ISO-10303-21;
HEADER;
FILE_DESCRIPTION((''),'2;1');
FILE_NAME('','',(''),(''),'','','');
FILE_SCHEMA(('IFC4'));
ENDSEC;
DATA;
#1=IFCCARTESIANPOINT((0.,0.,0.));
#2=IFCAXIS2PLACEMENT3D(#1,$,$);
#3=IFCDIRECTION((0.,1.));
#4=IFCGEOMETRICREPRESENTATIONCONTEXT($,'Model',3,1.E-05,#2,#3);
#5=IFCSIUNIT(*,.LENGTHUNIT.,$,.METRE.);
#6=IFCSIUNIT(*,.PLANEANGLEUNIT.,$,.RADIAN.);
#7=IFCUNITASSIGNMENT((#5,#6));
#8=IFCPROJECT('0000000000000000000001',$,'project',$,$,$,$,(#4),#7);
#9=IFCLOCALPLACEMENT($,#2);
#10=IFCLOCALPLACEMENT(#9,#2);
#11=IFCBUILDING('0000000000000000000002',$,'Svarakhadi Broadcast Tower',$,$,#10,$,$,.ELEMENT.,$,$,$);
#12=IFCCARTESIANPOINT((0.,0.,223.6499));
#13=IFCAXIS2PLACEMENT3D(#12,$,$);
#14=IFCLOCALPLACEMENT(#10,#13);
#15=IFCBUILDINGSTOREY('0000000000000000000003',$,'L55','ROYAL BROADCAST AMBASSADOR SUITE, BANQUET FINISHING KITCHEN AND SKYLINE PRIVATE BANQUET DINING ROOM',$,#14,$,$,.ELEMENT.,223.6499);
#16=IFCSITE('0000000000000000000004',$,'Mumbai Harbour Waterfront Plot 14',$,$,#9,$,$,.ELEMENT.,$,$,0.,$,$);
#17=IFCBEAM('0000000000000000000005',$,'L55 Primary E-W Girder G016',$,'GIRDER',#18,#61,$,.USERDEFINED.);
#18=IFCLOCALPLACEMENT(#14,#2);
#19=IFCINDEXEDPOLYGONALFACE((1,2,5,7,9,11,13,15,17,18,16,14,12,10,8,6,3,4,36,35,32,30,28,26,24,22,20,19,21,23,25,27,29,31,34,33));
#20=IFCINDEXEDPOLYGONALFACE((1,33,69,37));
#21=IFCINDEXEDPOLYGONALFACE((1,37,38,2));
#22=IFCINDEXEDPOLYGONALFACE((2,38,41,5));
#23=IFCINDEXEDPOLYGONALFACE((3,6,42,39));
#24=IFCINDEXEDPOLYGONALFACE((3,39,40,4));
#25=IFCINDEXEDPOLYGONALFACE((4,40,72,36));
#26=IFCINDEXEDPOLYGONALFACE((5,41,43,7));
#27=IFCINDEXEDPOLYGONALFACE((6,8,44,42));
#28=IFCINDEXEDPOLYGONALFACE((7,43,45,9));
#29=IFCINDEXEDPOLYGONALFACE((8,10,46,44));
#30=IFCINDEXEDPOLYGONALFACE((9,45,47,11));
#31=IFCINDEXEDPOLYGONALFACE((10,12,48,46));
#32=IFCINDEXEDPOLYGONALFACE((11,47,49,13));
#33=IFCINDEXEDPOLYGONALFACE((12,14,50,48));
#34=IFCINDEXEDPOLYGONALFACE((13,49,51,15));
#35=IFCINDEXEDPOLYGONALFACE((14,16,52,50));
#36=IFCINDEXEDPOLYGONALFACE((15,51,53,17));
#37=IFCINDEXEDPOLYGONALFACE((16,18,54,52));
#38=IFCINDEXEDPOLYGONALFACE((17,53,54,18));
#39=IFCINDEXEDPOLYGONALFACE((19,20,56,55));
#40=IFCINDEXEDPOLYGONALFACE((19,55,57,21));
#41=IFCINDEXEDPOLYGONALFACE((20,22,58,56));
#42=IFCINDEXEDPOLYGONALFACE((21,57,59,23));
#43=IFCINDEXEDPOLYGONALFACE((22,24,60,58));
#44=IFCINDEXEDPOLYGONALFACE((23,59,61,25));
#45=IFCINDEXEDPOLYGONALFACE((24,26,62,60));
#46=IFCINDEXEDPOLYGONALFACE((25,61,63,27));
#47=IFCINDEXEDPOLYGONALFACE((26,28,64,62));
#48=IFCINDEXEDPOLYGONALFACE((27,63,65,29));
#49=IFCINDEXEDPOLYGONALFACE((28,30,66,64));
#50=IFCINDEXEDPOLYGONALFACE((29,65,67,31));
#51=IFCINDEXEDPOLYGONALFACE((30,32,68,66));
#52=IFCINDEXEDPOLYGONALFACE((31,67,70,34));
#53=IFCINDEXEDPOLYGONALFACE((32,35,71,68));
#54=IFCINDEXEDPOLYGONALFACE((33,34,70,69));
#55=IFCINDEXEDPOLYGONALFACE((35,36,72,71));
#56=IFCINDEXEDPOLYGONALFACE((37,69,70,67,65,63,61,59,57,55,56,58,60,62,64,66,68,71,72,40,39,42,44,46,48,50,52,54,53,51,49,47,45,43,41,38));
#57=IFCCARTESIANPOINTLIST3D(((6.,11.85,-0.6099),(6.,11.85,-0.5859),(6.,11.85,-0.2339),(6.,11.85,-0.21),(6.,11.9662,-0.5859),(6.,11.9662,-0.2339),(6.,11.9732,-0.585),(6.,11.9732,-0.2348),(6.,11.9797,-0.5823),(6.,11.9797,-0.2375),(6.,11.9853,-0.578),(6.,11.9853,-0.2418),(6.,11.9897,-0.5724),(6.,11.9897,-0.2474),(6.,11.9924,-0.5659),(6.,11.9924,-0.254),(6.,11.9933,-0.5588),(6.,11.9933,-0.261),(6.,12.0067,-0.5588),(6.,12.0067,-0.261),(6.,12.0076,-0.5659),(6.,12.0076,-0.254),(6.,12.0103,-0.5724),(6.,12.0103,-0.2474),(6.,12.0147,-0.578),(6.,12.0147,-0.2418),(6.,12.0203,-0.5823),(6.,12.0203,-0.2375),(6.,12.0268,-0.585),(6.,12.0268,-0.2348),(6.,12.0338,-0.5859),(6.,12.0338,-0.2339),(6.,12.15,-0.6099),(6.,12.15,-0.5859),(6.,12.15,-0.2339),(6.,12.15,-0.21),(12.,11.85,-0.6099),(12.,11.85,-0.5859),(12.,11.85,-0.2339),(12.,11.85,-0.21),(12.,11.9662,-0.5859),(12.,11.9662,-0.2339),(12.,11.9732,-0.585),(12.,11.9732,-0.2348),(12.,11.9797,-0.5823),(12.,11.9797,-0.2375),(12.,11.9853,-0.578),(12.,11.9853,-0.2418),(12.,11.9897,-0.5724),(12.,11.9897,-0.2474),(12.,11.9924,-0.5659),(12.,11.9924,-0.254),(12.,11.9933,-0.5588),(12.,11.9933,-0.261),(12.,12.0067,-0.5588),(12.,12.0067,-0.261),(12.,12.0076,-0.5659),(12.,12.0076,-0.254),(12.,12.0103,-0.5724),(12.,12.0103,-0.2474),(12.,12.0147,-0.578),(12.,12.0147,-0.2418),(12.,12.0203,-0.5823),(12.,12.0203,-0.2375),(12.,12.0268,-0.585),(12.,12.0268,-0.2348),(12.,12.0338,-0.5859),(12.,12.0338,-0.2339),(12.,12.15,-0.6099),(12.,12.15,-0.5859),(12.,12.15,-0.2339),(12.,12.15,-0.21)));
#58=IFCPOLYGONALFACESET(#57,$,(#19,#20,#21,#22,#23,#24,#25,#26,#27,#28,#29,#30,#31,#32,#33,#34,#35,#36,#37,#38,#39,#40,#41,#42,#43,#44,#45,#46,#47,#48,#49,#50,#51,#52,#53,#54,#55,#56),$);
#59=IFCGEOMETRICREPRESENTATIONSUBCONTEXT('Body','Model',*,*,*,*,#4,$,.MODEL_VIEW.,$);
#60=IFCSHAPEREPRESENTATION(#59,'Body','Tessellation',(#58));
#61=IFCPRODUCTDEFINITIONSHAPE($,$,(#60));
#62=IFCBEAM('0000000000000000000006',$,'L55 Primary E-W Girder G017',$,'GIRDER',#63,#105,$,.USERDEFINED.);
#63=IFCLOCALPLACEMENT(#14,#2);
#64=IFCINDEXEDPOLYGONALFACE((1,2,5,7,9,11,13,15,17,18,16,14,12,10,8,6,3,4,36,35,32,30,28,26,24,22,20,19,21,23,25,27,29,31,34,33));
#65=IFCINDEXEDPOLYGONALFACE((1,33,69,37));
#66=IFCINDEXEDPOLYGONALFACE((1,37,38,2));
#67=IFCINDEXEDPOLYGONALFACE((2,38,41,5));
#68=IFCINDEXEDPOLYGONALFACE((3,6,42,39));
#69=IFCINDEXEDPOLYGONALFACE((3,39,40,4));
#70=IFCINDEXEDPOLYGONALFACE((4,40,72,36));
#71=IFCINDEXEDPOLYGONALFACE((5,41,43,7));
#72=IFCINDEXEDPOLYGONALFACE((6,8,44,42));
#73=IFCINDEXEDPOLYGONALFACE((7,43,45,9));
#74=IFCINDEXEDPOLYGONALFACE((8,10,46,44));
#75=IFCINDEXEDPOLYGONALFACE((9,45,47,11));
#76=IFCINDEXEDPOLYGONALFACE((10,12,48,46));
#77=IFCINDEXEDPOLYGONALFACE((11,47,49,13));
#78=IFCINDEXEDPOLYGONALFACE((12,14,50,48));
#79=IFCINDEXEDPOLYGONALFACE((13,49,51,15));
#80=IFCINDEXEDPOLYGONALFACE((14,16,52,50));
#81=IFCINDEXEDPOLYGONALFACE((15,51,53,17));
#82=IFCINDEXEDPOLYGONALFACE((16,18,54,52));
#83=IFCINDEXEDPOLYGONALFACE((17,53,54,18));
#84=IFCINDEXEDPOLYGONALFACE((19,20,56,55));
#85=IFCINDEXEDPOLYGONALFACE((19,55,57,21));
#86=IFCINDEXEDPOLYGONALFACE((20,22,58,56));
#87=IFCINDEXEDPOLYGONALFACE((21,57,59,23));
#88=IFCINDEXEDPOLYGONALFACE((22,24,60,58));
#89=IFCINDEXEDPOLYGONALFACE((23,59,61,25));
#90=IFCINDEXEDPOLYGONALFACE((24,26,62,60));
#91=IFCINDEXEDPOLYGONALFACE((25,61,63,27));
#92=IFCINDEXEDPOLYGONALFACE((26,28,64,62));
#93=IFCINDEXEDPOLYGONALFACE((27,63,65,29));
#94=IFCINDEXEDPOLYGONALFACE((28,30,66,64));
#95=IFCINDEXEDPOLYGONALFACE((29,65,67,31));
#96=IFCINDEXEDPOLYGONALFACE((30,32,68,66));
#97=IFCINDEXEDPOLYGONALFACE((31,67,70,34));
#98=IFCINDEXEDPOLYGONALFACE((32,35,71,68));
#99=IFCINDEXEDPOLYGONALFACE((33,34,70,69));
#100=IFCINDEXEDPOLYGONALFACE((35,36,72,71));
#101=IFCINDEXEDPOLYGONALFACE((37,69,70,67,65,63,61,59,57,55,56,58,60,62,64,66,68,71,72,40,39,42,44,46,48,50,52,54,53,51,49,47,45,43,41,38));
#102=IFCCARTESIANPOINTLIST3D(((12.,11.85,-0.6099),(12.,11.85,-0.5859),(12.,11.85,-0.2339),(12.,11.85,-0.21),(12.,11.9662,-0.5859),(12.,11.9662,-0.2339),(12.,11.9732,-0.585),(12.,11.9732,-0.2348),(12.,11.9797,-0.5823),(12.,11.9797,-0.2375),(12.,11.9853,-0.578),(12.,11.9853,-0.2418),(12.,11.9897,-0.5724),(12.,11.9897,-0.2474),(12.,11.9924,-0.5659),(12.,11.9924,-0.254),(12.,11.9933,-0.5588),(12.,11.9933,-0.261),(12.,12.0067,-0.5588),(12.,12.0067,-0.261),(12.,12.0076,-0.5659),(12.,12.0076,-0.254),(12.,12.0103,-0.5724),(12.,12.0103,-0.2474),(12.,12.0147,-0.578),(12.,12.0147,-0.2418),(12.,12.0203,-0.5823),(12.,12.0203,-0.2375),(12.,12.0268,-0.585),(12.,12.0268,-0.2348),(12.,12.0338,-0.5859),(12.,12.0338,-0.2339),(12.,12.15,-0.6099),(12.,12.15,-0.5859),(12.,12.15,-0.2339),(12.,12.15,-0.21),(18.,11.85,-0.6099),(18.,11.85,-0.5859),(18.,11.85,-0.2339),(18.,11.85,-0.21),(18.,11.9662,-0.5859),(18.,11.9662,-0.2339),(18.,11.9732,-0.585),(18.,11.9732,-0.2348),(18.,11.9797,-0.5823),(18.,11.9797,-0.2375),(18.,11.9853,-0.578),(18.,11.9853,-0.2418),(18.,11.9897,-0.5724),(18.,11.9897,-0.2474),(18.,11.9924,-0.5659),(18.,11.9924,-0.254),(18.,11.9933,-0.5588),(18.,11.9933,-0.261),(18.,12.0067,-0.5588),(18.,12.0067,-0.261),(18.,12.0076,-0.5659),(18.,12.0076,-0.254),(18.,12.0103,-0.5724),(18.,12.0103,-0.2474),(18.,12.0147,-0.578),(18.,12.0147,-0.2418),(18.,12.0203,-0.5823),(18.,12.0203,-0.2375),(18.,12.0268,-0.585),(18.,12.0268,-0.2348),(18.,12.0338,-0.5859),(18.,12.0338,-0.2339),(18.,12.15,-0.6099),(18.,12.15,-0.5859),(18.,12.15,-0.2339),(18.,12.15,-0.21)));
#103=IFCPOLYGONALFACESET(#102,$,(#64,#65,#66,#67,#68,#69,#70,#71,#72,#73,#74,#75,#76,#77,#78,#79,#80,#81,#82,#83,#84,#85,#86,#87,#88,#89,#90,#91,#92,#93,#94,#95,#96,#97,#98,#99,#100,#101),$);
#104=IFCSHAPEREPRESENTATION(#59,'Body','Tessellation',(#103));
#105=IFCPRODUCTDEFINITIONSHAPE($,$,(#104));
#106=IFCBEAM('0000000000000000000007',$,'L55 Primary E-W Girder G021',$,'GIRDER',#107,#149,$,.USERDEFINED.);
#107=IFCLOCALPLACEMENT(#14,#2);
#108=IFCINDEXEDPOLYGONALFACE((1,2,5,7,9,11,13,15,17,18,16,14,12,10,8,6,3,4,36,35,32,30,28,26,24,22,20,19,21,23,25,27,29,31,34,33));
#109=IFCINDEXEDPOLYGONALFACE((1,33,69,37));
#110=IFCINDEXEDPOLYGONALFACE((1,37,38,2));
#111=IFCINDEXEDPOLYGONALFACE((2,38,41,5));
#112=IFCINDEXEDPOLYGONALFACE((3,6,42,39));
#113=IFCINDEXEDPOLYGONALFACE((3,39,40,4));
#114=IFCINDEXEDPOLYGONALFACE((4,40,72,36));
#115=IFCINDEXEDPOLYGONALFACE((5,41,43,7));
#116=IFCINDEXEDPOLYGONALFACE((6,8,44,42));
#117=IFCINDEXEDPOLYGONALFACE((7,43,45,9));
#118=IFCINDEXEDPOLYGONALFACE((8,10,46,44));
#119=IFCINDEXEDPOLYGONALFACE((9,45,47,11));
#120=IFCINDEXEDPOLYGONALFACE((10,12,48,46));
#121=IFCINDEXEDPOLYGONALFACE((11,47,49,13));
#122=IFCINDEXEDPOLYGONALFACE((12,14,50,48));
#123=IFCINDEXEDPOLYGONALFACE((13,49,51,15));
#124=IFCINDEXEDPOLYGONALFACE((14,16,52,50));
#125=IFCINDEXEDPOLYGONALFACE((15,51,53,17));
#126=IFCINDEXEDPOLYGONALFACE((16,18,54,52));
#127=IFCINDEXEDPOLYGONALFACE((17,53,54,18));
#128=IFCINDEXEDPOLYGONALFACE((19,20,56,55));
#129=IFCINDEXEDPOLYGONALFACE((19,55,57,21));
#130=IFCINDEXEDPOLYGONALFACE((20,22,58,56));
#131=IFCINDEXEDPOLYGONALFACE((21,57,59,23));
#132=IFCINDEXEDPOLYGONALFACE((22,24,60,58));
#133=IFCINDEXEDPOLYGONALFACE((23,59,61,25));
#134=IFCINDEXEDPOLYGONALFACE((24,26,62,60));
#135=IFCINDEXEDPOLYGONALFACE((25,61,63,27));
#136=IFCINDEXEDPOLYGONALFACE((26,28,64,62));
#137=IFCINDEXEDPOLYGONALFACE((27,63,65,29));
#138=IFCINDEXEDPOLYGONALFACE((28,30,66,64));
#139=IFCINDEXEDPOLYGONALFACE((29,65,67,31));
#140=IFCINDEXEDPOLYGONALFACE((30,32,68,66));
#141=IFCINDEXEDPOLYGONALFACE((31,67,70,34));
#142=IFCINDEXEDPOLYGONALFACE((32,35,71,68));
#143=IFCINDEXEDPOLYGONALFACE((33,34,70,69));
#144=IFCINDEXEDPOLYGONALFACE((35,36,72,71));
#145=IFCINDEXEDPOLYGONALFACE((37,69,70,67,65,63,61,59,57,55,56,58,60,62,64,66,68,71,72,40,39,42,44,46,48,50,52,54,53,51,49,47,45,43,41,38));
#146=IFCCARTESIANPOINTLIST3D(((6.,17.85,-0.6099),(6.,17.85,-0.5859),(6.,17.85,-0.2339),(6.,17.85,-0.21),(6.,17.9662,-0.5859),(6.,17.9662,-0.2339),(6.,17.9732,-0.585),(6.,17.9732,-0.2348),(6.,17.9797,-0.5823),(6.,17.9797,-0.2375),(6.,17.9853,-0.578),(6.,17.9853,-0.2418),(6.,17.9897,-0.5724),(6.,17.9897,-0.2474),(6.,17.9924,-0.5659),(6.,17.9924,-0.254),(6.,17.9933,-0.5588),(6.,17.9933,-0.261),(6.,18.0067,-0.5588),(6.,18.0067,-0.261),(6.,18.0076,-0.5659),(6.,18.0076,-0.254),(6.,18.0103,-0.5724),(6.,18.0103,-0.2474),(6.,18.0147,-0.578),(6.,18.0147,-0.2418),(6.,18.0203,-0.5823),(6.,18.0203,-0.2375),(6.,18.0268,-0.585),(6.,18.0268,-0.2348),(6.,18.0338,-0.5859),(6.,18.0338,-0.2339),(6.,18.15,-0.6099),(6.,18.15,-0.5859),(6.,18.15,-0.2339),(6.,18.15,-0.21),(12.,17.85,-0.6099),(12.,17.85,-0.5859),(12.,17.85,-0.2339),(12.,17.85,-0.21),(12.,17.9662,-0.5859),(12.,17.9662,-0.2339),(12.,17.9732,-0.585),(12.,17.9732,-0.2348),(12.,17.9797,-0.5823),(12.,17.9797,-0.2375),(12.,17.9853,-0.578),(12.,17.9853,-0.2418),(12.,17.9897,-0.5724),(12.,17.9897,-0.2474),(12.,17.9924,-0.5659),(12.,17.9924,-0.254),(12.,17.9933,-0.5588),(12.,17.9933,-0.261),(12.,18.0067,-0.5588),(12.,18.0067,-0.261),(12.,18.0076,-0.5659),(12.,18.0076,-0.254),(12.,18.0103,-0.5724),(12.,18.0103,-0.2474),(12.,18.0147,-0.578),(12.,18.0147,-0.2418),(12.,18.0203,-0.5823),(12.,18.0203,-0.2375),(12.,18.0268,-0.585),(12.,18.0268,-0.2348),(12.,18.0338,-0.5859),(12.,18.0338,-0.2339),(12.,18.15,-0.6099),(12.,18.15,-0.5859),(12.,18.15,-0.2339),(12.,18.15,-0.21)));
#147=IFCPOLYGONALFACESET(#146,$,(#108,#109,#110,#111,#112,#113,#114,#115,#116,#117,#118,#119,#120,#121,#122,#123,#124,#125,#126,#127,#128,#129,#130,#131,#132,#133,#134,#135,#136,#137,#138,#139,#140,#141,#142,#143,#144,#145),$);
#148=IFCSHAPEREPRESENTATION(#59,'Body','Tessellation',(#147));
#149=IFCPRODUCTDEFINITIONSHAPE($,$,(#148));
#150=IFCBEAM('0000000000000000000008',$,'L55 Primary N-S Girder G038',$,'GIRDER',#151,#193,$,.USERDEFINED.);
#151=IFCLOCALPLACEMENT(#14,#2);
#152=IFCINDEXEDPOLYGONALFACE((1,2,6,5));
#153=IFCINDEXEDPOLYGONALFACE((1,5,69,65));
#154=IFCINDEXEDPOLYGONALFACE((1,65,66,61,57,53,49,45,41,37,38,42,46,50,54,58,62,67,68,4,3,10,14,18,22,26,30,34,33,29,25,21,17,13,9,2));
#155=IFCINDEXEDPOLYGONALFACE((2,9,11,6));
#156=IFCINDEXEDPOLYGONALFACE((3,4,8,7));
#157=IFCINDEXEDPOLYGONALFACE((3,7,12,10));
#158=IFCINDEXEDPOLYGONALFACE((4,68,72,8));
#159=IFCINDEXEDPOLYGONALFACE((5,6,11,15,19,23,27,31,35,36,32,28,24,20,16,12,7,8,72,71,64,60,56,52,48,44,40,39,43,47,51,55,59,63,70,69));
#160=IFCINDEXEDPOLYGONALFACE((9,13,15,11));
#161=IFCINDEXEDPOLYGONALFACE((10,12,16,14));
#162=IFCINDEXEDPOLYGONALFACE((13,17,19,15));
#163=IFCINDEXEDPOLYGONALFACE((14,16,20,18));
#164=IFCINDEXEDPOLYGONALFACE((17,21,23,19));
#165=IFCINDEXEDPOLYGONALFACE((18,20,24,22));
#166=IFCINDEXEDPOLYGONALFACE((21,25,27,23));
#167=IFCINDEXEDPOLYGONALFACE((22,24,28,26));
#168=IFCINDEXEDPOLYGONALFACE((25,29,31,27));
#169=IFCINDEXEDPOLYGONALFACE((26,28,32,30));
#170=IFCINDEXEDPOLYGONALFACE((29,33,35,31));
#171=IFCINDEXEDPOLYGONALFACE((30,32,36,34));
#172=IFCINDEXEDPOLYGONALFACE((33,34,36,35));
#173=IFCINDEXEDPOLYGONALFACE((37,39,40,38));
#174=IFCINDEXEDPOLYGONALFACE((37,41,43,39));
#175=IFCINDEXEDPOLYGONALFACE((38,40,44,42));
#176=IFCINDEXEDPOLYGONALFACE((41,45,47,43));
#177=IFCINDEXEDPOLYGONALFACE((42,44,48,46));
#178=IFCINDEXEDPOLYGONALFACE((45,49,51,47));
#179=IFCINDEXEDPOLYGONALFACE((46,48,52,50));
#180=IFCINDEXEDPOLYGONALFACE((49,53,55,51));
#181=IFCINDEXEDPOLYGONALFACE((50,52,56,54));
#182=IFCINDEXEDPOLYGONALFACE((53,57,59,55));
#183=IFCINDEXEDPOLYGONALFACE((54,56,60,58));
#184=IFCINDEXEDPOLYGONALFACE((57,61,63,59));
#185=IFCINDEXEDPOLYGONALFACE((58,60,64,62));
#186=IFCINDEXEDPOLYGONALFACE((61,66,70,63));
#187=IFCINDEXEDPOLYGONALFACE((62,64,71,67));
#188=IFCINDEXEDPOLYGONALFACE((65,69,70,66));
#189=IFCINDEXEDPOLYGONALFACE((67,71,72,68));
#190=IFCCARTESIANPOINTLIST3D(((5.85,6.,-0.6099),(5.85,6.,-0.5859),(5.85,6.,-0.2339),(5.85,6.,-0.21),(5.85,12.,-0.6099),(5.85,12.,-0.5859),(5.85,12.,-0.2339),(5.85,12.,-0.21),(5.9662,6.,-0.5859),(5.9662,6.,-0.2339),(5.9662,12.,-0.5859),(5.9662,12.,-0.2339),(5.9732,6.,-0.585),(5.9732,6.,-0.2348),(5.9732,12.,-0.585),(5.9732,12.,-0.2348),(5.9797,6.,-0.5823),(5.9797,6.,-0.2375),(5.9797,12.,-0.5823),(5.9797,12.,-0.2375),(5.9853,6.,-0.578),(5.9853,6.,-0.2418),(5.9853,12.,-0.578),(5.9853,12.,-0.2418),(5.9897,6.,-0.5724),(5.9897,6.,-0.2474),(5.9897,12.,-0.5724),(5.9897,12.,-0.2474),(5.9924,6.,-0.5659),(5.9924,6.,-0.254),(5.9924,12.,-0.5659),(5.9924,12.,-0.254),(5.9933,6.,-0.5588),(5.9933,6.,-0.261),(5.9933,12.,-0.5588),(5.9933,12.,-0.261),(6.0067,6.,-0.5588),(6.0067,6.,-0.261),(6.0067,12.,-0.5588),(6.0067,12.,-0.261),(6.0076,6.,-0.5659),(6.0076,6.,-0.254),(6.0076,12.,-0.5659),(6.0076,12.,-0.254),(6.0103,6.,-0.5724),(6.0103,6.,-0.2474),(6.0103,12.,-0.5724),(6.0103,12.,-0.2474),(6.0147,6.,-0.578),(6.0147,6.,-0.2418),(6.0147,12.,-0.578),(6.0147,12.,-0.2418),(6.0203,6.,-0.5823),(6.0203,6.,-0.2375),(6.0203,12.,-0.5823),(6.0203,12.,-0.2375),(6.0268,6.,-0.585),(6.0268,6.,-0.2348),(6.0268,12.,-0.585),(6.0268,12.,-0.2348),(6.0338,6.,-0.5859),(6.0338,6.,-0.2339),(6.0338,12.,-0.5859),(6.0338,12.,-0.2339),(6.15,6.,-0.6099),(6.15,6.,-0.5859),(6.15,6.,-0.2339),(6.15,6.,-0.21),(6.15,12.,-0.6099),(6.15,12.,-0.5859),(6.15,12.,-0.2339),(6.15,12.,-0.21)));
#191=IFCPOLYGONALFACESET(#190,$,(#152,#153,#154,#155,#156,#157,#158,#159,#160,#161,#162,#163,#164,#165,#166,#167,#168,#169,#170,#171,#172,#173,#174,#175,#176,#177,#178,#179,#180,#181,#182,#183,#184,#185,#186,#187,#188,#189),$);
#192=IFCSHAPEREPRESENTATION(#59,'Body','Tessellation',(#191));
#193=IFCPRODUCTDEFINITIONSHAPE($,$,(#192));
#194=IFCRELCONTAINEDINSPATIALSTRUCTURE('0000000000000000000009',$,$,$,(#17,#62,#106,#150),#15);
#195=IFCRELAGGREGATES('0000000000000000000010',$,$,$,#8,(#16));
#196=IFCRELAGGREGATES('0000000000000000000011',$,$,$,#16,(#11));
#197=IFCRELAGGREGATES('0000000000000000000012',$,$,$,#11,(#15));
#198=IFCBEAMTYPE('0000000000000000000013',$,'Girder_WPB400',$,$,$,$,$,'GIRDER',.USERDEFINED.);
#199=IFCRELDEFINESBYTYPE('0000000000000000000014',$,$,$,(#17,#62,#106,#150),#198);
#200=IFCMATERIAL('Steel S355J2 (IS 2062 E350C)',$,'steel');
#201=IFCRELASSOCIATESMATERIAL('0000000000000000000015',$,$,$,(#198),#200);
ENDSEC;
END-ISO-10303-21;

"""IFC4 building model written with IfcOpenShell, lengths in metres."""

from ifc_helpers import new_model, si_unit, direction, frame, origin, origin_2d, place, context, subcontext, project, spatial, i_section, extrude, material, material_profile, profile_set, type_object, element, save


model = new_model("IFC4")

# Units and contexts
model_context = context("Model", 3, precision=1e-05, world=origin(), true_north=direction((0.0, 1.0)))
body_context = subcontext(model_context, "Body", "Model", "MODEL_VIEW")
ifc_project = project(units=[si_unit("LENGTHUNIT", "METRE"), si_unit("PLANEANGLEUNIT", "RADIAN")], contexts=[model_context])

# Site, building, storey
site_placement = place(None, origin())
site = spatial("IfcSite", under=ifc_project, at=site_placement, Name="Mumbai Harbour Waterfront Plot 14", CompositionType="ELEMENT", RefElevation=0.0)
building_placement = place(site_placement, origin())
building = spatial("IfcBuilding", under=site, at=building_placement, Name="Svarakhadi Broadcast Tower", CompositionType="ELEMENT")
storey_placement = place(building_placement, frame((0.0, 0.0, 223.6499)))
storey = spatial("IfcBuildingStorey", under=building, at=storey_placement, Name="L55", Description="ROYAL BROADCAST AMBASSADOR SUITE, BANQUET FINISHING KITCHEN AND SKYLINE PRIVATE BANQUET DINING ROOM", CompositionType="ELEMENT", Elevation=223.6499)

# Beams
ifc_material_1 = material(Name="Steel S355J2 (IS 2062 E350C)", Category="steel")
ifc_material_profile_1 = material_profile(ifc_material_1, i_section(OverallWidth=0.3, OverallDepth=0.3999, WebThickness=0.0134, FlangeThickness=0.0239, FilletRadius=0.0271, at=origin_2d()), Name="WPB 400x300x155")
ifc_profile_set_1 = profile_set([ifc_material_profile_1], Name="Steel S355J2 (IS 2062 E350C)")
beam_type_1 = type_object("IfcBeamType", Name="Girder_WPB400", ElementType="GIRDER", PredefinedType="USERDEFINED", material=ifc_profile_set_1)
for number, where, z_axis, x_axis, name in (
    (1, (6.0, 12.0, -0.4099), (1.0, 0.0, 0.0), (0.0, 1.0, 0.0), "L55 Primary E-W Girder G016"),
    (2, (12.0, 12.0, -0.4099), (1.0, 0.0, 0.0), (0.0, 1.0, 0.0), "L55 Primary E-W Girder G017"),
    (3, (6.0, 18.0, -0.4099), (1.0, 0.0, 0.0), (0.0, 1.0, 0.0), "L55 Primary E-W Girder G021"),
    (4, (6.0, 6.0, -0.4099), (0.0, 1.0, 0.0), (-1.0, 0.0, 0.0), "L55 Primary N-S Girder G038"),
):
    element("IfcBeam", number, at=place(storey_placement, frame(where, z_axis=z_axis, x_axis=x_axis)), inside=storey, type_object=beam_type_1, Name=name, ObjectType="GIRDER", PredefinedType="USERDEFINED", context=body_context, shape_type="SweptSolid", body=[
        extrude(i_section(OverallWidth=0.3, OverallDepth=0.3999, WebThickness=0.0134, FlangeThickness=0.0239, FilletRadius=0.0271, at=origin_2d()), origin(), (0.0, 0.0, 1.0), 6.0),
    ])

save(model, "model.ifc")
